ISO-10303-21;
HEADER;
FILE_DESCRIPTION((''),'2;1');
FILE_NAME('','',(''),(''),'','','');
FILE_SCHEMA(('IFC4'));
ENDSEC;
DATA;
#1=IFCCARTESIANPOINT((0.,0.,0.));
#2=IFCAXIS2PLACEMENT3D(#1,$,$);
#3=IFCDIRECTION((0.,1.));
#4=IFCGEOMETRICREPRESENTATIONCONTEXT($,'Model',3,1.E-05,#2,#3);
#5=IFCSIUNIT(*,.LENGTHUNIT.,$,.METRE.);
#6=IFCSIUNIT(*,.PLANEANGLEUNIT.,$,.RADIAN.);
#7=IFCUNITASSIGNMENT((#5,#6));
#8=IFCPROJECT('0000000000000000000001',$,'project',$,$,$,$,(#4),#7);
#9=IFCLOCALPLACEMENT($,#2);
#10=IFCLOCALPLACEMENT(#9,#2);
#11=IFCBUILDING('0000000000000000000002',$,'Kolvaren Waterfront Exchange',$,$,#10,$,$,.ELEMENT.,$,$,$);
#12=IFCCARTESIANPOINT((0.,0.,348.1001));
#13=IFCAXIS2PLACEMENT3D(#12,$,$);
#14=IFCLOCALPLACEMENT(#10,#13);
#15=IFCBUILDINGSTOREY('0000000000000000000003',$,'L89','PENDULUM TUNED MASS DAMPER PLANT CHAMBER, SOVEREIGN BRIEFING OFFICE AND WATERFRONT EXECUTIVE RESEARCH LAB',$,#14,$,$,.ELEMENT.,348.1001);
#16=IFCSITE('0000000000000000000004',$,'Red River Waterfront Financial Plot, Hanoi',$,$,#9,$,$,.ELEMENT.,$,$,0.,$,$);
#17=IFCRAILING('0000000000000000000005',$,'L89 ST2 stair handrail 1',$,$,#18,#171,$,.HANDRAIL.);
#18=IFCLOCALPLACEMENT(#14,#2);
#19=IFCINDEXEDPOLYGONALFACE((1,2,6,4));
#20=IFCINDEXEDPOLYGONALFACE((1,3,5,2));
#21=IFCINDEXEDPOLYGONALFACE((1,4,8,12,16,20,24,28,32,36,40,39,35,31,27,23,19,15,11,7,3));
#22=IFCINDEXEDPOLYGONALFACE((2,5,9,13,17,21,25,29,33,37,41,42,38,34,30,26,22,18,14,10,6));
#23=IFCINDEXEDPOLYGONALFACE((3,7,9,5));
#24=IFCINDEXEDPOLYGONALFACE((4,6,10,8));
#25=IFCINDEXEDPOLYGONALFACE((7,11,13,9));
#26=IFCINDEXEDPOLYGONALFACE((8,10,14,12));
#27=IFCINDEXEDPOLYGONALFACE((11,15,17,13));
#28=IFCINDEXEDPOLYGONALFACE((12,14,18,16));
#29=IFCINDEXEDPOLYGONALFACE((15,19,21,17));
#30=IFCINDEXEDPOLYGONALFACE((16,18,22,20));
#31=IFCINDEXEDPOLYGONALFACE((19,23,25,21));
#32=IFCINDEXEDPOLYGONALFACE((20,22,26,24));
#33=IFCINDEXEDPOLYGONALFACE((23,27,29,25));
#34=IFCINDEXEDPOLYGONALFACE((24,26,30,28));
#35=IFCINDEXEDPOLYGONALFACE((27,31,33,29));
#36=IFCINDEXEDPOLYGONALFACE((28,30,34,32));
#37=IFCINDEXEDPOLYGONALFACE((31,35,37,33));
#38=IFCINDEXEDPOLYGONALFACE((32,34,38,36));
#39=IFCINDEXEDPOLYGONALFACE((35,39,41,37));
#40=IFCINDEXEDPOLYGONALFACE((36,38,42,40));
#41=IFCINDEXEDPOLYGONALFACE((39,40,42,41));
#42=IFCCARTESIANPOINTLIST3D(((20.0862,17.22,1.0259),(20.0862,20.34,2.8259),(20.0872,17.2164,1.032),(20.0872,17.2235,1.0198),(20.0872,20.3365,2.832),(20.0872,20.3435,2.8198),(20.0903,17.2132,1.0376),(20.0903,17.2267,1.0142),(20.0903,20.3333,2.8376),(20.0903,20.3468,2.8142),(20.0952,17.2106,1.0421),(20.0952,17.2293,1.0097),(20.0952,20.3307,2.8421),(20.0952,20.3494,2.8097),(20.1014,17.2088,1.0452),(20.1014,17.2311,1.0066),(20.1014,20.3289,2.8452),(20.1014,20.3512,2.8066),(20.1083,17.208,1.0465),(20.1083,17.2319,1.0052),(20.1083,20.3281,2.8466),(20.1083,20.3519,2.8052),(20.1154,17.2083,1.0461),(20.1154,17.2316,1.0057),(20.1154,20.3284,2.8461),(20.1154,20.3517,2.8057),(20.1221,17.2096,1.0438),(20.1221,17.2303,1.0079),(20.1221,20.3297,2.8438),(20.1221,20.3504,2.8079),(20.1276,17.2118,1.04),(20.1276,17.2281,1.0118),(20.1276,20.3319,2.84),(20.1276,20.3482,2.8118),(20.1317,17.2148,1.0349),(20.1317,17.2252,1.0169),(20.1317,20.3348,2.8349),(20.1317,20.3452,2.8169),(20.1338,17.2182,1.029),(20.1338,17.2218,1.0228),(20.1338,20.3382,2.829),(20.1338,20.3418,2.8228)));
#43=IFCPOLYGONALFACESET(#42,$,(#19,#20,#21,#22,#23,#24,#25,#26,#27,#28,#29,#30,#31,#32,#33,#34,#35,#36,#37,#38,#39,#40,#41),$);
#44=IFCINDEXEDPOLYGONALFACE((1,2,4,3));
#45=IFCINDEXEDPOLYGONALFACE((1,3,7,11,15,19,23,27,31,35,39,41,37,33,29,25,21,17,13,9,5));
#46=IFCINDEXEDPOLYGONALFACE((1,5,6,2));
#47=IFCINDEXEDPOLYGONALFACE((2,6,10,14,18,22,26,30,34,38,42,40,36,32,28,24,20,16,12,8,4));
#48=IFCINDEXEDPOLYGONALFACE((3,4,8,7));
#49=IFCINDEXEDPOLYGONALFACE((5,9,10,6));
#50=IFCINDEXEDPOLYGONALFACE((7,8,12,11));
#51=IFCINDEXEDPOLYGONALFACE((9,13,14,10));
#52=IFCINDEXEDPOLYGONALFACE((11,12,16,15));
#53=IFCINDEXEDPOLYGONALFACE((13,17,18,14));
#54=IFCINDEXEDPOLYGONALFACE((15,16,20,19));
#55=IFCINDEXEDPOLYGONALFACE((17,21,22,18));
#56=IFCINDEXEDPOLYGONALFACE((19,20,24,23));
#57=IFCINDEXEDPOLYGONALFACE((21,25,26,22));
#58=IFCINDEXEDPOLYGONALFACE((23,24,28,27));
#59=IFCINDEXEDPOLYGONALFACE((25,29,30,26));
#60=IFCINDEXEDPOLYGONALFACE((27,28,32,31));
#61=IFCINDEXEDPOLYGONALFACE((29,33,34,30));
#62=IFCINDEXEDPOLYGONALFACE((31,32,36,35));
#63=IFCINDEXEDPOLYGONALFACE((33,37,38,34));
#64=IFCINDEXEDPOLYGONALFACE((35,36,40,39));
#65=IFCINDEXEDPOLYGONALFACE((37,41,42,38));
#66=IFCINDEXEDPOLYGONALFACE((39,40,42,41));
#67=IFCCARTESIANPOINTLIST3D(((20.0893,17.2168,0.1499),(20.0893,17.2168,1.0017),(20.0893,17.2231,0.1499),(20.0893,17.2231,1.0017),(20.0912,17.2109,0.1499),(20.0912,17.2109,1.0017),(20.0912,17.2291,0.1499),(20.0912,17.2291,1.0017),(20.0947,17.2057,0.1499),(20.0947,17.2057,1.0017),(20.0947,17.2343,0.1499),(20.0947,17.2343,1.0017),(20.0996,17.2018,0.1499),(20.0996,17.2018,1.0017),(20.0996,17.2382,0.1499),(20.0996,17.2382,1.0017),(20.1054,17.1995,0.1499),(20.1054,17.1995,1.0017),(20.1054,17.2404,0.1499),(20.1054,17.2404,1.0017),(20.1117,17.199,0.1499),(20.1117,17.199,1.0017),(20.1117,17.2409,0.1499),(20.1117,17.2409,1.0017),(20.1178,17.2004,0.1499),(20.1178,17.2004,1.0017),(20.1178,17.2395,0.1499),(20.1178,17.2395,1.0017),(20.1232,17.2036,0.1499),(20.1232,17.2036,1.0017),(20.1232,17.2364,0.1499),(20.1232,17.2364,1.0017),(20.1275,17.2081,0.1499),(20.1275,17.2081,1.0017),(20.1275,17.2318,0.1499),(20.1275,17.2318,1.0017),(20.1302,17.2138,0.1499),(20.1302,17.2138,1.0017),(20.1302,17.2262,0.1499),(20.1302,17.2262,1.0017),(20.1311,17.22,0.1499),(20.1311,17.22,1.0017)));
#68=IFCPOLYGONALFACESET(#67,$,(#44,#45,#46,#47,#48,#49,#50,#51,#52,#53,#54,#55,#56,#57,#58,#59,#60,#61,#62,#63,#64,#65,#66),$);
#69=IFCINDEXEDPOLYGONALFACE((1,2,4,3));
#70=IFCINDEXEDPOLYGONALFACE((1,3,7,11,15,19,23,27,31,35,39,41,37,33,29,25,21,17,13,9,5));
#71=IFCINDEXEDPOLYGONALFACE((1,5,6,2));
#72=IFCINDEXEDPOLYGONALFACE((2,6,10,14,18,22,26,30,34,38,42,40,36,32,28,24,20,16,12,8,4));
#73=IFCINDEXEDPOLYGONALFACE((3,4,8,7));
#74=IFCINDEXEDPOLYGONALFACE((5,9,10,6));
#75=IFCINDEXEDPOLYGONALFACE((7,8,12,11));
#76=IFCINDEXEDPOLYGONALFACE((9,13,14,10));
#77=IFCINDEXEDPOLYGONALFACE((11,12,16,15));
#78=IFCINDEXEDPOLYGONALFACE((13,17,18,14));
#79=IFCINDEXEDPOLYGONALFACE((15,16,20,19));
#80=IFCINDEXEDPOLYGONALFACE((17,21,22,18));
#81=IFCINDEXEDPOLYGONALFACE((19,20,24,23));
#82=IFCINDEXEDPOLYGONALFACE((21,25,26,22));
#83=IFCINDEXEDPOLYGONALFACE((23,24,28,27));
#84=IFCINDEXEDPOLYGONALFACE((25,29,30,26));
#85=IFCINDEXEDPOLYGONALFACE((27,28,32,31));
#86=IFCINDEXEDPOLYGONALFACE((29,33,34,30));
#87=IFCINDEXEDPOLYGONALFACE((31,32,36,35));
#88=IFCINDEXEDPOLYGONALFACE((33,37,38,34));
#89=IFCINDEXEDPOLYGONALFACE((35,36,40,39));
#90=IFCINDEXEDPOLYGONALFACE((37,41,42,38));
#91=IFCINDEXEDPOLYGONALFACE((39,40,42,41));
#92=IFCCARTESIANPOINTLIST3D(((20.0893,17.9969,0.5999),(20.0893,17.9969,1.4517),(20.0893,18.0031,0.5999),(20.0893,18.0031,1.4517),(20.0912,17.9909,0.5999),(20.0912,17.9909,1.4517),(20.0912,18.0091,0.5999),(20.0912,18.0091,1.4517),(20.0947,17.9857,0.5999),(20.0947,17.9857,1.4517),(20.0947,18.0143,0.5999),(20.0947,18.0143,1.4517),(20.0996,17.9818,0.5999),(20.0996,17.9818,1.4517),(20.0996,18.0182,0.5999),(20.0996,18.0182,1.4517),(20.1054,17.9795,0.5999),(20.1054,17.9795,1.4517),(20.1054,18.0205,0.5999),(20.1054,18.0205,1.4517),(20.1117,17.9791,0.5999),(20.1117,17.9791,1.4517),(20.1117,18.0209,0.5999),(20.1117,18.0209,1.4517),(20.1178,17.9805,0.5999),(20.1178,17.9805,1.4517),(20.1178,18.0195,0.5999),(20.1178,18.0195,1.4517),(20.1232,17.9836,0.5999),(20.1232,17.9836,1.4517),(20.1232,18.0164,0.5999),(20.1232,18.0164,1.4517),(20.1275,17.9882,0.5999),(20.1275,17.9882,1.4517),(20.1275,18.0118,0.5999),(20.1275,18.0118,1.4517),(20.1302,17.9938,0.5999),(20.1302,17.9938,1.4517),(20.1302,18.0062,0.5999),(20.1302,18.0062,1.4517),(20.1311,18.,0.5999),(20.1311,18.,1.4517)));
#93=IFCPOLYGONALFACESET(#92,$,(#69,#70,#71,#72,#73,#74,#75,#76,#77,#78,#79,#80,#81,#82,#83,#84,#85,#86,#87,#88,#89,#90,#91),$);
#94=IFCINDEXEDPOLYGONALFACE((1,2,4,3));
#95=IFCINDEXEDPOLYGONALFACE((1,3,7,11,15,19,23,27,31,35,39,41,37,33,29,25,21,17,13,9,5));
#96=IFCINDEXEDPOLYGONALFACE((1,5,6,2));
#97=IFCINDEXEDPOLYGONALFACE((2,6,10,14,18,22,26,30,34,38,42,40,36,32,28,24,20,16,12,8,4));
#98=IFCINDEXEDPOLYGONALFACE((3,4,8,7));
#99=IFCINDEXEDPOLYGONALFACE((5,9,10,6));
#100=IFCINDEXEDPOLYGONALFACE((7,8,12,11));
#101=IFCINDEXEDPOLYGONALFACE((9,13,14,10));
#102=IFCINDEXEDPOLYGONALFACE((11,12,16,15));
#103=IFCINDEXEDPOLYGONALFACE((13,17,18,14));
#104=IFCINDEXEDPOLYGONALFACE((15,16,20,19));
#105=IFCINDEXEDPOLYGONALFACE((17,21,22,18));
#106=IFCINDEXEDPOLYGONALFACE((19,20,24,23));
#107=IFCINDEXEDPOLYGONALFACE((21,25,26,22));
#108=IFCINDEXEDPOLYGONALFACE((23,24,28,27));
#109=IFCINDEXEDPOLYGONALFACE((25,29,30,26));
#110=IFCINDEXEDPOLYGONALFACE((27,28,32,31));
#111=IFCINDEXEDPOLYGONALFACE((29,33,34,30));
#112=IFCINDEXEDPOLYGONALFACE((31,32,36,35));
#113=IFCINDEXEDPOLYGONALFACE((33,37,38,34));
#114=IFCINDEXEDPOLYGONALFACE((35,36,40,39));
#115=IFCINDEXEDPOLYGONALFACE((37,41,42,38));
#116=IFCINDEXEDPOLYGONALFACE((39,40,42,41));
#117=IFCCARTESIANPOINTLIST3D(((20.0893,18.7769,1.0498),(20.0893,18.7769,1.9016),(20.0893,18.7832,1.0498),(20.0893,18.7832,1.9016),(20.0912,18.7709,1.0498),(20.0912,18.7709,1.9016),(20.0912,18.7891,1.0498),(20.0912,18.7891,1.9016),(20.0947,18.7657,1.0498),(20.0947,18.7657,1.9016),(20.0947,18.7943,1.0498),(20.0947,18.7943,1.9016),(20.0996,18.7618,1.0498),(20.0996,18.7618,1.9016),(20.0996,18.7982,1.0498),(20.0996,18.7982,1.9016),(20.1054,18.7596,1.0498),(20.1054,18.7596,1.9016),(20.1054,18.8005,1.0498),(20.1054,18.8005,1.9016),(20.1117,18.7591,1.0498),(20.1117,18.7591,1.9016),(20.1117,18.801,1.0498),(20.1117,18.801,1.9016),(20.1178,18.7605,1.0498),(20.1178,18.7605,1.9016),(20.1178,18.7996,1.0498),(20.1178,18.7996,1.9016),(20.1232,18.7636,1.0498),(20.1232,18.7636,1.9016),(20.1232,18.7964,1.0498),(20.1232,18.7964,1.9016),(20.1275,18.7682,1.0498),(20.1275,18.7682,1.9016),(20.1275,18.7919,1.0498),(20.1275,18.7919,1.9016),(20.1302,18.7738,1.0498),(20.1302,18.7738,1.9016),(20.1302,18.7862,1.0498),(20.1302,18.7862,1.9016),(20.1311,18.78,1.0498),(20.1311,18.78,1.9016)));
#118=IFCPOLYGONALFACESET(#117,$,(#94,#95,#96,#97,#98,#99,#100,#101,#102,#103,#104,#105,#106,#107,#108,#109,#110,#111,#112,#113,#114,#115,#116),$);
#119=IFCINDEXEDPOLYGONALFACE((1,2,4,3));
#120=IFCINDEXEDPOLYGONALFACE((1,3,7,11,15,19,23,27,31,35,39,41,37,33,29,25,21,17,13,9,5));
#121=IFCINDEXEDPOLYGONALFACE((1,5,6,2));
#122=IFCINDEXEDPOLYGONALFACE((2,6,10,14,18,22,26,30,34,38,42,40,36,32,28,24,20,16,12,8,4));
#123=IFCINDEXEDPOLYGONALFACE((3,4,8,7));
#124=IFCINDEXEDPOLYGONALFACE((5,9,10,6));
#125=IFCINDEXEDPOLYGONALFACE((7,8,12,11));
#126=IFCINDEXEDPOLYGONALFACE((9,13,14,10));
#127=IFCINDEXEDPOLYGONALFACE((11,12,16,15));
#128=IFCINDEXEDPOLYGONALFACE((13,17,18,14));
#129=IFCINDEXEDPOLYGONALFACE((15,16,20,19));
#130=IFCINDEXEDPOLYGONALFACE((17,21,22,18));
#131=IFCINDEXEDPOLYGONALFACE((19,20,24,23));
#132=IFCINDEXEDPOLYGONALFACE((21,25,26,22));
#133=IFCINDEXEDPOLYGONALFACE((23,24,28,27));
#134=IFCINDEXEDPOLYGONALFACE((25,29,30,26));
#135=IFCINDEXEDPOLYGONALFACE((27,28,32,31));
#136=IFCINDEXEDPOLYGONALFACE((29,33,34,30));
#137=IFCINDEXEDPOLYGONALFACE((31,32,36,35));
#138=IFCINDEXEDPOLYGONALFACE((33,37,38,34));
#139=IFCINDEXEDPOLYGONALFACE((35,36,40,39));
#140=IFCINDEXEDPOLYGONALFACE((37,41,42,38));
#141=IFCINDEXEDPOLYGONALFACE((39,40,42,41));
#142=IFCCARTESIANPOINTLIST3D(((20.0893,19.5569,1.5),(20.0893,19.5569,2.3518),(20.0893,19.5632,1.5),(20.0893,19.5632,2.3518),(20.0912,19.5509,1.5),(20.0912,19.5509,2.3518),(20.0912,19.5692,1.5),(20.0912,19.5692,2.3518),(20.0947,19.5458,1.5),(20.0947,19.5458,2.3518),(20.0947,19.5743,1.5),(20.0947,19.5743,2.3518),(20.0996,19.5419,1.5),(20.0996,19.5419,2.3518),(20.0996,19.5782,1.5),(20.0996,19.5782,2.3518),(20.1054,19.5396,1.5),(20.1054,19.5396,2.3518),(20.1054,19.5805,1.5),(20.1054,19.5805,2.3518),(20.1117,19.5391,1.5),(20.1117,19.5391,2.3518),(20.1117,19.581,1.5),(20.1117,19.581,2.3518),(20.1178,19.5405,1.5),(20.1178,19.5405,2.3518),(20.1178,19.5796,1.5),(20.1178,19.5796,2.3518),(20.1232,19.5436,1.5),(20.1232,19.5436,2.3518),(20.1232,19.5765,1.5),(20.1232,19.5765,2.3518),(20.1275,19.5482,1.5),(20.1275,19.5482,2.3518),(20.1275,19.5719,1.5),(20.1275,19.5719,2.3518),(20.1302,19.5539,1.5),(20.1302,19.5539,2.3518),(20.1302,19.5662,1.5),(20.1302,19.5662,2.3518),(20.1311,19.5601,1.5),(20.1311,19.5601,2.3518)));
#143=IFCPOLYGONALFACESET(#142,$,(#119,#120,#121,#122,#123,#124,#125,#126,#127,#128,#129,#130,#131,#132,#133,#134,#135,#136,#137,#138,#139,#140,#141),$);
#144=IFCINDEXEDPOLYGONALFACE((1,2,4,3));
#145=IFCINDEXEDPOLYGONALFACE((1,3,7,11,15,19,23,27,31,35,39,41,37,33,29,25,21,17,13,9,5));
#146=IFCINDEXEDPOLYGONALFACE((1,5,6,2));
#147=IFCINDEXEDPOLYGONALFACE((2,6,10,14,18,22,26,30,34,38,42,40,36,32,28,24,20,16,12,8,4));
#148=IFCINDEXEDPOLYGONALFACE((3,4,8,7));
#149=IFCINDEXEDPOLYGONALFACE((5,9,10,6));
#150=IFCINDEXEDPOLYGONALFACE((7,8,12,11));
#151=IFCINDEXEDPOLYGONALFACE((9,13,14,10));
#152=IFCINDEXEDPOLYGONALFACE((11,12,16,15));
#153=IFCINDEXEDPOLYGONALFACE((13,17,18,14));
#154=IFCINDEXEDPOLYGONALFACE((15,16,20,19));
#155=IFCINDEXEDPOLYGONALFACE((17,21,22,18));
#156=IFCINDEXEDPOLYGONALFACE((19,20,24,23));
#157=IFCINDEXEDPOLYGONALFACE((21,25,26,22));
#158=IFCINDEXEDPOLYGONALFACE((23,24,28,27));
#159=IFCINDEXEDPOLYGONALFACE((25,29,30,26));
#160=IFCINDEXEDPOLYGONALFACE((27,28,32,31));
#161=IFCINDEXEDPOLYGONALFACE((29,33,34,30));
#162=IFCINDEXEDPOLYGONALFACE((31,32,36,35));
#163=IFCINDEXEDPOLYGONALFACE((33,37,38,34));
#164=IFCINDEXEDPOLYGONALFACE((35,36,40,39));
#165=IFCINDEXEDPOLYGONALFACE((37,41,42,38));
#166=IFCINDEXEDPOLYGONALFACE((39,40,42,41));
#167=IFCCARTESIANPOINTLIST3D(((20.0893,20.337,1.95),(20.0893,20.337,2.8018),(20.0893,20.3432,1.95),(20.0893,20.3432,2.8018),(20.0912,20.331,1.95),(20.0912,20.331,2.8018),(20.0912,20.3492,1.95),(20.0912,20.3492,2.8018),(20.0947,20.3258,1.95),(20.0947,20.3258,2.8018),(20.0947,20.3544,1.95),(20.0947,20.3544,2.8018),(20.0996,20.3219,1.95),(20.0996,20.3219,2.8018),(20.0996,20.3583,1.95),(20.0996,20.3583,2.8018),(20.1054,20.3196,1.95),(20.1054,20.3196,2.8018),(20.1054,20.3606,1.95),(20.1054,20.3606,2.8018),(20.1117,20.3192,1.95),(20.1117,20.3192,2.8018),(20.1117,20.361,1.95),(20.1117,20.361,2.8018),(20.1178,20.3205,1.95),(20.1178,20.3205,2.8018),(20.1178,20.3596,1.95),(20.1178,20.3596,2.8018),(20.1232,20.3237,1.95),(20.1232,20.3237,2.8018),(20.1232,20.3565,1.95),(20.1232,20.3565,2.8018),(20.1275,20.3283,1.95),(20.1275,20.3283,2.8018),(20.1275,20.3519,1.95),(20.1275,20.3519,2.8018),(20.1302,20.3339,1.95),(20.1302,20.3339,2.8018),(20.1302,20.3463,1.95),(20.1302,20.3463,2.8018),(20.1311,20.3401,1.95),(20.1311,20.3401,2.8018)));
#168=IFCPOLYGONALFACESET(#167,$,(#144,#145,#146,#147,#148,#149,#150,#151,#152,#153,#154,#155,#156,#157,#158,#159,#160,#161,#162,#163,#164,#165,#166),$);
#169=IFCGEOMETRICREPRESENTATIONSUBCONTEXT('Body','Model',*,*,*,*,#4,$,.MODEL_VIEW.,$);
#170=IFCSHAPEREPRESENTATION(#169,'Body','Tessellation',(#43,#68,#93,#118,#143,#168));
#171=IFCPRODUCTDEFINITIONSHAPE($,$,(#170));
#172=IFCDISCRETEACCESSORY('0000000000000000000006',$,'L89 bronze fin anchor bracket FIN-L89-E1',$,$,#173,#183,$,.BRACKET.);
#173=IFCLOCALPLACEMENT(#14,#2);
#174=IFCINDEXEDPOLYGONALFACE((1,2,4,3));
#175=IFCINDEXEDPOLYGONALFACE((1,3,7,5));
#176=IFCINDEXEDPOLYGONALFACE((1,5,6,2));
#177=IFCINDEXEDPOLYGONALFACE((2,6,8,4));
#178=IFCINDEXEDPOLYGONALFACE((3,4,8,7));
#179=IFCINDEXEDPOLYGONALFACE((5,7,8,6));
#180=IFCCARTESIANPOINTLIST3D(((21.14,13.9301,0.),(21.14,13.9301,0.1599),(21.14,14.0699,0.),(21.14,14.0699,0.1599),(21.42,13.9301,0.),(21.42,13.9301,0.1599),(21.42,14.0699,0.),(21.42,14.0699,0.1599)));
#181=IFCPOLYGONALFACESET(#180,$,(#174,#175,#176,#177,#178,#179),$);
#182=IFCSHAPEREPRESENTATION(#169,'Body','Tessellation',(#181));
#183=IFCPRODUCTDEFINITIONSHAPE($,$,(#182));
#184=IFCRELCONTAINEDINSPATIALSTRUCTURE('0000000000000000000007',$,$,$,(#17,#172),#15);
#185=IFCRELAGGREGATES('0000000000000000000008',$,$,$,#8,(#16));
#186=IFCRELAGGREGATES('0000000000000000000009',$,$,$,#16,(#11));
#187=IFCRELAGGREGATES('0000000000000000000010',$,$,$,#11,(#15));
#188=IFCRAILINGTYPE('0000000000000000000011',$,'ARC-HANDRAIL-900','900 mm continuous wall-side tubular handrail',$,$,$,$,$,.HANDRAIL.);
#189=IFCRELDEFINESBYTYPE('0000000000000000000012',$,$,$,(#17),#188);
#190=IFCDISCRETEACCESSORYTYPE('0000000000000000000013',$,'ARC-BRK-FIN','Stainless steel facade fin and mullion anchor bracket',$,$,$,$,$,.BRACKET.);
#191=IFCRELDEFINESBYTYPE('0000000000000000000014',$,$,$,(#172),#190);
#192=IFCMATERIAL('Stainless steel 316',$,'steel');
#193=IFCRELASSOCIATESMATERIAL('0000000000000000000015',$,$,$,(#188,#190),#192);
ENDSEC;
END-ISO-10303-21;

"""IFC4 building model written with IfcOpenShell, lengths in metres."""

from ifc_helpers import new_model, si_unit, direction, frame, origin, origin_with_axes, origin_2d, place, context, subcontext, project, spatial, rectangle, circle, extrude, source, transform, mapped, material, type_object, element, save


model = new_model("IFC4")

# Units and contexts
model_context = context("Model", 3, precision=1e-05, world=origin(), true_north=direction((0.0, 1.0)))
body_context = subcontext(model_context, "Body", "Model", "MODEL_VIEW")
ifc_project = project(units=[si_unit("LENGTHUNIT", "METRE"), si_unit("PLANEANGLEUNIT", "RADIAN")], contexts=[model_context])

# Site, building, storey
site_placement = place(None, origin())
site = spatial("IfcSite", under=ifc_project, at=site_placement, Name="Red River Waterfront Financial Plot, Hanoi", CompositionType="ELEMENT", RefElevation=0.0)
building_placement = place(site_placement, origin())
building = spatial("IfcBuilding", under=site, at=building_placement, Name="Kolvaren Waterfront Exchange", CompositionType="ELEMENT")
storey_placement = place(building_placement, frame((0.0, 0.0, 348.1001)))
storey = spatial("IfcBuildingStorey", under=building, at=storey_placement, Name="L89", Description="PENDULUM TUNED MASS DAMPER PLANT CHAMBER, SOVEREIGN BRIEFING OFFICE AND WATERFRONT EXECUTIVE RESEARCH LAB", CompositionType="ELEMENT", Elevation=348.1001)

# Railing
ifc_material_1 = material(Name="Stainless steel 316", Category="steel")
railing_type = type_object("IfcRailingType", Name="ARC-HANDRAIL-900", Description="900 mm continuous wall-side tubular handrail", PredefinedType="HANDRAIL", material=ifc_material_1)
railing_placement = place(storey_placement, frame((20.1101, 17.22, 0.1499)))
element("IfcRailing", 1, at=railing_placement, inside=storey, type_object=railing_type, Name="L89 ST2 stair handrail 1", PredefinedType="HANDRAIL", context=body_context, shape_type="SweptSolid", body=[
    extrude(circle(Radius=0.0239, at=origin_2d()), frame((0.0, 0.0, 0.876), z_axis=(0.0, 0.866188, 0.499719), x_axis=(-1.0, 0.0, 0.0)), (0.0, 0.0, 1.0), 3.6021),
    extrude(circle(Radius=0.021, at=origin_2d()), origin(), (0.0, 0.0, 1.0), 0.8518),
    extrude(circle(Radius=0.021, at=origin_2d()), frame((0.0, 0.78, 0.45)), (0.0, 0.0, 1.0), 0.8518),
    extrude(circle(Radius=0.021, at=origin_2d()), frame((0.0, 1.5601, 0.8999)), (0.0, 0.0, 1.0), 0.8518),
    extrude(circle(Radius=0.021, at=origin_2d()), frame((0.0, 2.3401, 1.3501)), (0.0, 0.0, 1.0), 0.8518),
    extrude(circle(Radius=0.021, at=origin_2d()), frame((0.0, 3.1201, 1.8)), (0.0, 0.0, 1.0), 0.8518),
])

# Discrete accessory
discrete_accessory_type = type_object("IfcDiscreteAccessoryType", Name="ARC-BRK-FIN", Description="Stainless steel facade fin and mullion anchor bracket", PredefinedType="BRACKET", material=ifc_material_1)
shared_shape_1 = source(origin_with_axes(), body_context, "Body", "SweptSolid", [
    extrude(rectangle(XDim=0.28, YDim=0.1399, at=origin_2d()), origin(), (0.0, 0.0, 1.0), 0.1599),
])
discrete_accessory_placement = place(storey_placement, frame((21.28, 14.0, 0.0), z_axis=(0.0, 0.0, 1.0), x_axis=(1.0, 0.0, 0.0)))
element("IfcDiscreteAccessory", 2, at=discrete_accessory_placement, inside=storey, type_object=discrete_accessory_type, Name="L89 bronze fin anchor bracket FIN-L89-E1", PredefinedType="BRACKET", context=body_context, shape_type="MappedRepresentation", body=[
    mapped(shared_shape_1, transform((0.0, 0.0, 0.0), x_axis=(1.0, 0.0, 0.0), y_axis=(0.0, 1.0, 0.0), z_axis=(0.0, 0.0, 1.0), scale=1.0)),
])

save(model, "model.ifc")
